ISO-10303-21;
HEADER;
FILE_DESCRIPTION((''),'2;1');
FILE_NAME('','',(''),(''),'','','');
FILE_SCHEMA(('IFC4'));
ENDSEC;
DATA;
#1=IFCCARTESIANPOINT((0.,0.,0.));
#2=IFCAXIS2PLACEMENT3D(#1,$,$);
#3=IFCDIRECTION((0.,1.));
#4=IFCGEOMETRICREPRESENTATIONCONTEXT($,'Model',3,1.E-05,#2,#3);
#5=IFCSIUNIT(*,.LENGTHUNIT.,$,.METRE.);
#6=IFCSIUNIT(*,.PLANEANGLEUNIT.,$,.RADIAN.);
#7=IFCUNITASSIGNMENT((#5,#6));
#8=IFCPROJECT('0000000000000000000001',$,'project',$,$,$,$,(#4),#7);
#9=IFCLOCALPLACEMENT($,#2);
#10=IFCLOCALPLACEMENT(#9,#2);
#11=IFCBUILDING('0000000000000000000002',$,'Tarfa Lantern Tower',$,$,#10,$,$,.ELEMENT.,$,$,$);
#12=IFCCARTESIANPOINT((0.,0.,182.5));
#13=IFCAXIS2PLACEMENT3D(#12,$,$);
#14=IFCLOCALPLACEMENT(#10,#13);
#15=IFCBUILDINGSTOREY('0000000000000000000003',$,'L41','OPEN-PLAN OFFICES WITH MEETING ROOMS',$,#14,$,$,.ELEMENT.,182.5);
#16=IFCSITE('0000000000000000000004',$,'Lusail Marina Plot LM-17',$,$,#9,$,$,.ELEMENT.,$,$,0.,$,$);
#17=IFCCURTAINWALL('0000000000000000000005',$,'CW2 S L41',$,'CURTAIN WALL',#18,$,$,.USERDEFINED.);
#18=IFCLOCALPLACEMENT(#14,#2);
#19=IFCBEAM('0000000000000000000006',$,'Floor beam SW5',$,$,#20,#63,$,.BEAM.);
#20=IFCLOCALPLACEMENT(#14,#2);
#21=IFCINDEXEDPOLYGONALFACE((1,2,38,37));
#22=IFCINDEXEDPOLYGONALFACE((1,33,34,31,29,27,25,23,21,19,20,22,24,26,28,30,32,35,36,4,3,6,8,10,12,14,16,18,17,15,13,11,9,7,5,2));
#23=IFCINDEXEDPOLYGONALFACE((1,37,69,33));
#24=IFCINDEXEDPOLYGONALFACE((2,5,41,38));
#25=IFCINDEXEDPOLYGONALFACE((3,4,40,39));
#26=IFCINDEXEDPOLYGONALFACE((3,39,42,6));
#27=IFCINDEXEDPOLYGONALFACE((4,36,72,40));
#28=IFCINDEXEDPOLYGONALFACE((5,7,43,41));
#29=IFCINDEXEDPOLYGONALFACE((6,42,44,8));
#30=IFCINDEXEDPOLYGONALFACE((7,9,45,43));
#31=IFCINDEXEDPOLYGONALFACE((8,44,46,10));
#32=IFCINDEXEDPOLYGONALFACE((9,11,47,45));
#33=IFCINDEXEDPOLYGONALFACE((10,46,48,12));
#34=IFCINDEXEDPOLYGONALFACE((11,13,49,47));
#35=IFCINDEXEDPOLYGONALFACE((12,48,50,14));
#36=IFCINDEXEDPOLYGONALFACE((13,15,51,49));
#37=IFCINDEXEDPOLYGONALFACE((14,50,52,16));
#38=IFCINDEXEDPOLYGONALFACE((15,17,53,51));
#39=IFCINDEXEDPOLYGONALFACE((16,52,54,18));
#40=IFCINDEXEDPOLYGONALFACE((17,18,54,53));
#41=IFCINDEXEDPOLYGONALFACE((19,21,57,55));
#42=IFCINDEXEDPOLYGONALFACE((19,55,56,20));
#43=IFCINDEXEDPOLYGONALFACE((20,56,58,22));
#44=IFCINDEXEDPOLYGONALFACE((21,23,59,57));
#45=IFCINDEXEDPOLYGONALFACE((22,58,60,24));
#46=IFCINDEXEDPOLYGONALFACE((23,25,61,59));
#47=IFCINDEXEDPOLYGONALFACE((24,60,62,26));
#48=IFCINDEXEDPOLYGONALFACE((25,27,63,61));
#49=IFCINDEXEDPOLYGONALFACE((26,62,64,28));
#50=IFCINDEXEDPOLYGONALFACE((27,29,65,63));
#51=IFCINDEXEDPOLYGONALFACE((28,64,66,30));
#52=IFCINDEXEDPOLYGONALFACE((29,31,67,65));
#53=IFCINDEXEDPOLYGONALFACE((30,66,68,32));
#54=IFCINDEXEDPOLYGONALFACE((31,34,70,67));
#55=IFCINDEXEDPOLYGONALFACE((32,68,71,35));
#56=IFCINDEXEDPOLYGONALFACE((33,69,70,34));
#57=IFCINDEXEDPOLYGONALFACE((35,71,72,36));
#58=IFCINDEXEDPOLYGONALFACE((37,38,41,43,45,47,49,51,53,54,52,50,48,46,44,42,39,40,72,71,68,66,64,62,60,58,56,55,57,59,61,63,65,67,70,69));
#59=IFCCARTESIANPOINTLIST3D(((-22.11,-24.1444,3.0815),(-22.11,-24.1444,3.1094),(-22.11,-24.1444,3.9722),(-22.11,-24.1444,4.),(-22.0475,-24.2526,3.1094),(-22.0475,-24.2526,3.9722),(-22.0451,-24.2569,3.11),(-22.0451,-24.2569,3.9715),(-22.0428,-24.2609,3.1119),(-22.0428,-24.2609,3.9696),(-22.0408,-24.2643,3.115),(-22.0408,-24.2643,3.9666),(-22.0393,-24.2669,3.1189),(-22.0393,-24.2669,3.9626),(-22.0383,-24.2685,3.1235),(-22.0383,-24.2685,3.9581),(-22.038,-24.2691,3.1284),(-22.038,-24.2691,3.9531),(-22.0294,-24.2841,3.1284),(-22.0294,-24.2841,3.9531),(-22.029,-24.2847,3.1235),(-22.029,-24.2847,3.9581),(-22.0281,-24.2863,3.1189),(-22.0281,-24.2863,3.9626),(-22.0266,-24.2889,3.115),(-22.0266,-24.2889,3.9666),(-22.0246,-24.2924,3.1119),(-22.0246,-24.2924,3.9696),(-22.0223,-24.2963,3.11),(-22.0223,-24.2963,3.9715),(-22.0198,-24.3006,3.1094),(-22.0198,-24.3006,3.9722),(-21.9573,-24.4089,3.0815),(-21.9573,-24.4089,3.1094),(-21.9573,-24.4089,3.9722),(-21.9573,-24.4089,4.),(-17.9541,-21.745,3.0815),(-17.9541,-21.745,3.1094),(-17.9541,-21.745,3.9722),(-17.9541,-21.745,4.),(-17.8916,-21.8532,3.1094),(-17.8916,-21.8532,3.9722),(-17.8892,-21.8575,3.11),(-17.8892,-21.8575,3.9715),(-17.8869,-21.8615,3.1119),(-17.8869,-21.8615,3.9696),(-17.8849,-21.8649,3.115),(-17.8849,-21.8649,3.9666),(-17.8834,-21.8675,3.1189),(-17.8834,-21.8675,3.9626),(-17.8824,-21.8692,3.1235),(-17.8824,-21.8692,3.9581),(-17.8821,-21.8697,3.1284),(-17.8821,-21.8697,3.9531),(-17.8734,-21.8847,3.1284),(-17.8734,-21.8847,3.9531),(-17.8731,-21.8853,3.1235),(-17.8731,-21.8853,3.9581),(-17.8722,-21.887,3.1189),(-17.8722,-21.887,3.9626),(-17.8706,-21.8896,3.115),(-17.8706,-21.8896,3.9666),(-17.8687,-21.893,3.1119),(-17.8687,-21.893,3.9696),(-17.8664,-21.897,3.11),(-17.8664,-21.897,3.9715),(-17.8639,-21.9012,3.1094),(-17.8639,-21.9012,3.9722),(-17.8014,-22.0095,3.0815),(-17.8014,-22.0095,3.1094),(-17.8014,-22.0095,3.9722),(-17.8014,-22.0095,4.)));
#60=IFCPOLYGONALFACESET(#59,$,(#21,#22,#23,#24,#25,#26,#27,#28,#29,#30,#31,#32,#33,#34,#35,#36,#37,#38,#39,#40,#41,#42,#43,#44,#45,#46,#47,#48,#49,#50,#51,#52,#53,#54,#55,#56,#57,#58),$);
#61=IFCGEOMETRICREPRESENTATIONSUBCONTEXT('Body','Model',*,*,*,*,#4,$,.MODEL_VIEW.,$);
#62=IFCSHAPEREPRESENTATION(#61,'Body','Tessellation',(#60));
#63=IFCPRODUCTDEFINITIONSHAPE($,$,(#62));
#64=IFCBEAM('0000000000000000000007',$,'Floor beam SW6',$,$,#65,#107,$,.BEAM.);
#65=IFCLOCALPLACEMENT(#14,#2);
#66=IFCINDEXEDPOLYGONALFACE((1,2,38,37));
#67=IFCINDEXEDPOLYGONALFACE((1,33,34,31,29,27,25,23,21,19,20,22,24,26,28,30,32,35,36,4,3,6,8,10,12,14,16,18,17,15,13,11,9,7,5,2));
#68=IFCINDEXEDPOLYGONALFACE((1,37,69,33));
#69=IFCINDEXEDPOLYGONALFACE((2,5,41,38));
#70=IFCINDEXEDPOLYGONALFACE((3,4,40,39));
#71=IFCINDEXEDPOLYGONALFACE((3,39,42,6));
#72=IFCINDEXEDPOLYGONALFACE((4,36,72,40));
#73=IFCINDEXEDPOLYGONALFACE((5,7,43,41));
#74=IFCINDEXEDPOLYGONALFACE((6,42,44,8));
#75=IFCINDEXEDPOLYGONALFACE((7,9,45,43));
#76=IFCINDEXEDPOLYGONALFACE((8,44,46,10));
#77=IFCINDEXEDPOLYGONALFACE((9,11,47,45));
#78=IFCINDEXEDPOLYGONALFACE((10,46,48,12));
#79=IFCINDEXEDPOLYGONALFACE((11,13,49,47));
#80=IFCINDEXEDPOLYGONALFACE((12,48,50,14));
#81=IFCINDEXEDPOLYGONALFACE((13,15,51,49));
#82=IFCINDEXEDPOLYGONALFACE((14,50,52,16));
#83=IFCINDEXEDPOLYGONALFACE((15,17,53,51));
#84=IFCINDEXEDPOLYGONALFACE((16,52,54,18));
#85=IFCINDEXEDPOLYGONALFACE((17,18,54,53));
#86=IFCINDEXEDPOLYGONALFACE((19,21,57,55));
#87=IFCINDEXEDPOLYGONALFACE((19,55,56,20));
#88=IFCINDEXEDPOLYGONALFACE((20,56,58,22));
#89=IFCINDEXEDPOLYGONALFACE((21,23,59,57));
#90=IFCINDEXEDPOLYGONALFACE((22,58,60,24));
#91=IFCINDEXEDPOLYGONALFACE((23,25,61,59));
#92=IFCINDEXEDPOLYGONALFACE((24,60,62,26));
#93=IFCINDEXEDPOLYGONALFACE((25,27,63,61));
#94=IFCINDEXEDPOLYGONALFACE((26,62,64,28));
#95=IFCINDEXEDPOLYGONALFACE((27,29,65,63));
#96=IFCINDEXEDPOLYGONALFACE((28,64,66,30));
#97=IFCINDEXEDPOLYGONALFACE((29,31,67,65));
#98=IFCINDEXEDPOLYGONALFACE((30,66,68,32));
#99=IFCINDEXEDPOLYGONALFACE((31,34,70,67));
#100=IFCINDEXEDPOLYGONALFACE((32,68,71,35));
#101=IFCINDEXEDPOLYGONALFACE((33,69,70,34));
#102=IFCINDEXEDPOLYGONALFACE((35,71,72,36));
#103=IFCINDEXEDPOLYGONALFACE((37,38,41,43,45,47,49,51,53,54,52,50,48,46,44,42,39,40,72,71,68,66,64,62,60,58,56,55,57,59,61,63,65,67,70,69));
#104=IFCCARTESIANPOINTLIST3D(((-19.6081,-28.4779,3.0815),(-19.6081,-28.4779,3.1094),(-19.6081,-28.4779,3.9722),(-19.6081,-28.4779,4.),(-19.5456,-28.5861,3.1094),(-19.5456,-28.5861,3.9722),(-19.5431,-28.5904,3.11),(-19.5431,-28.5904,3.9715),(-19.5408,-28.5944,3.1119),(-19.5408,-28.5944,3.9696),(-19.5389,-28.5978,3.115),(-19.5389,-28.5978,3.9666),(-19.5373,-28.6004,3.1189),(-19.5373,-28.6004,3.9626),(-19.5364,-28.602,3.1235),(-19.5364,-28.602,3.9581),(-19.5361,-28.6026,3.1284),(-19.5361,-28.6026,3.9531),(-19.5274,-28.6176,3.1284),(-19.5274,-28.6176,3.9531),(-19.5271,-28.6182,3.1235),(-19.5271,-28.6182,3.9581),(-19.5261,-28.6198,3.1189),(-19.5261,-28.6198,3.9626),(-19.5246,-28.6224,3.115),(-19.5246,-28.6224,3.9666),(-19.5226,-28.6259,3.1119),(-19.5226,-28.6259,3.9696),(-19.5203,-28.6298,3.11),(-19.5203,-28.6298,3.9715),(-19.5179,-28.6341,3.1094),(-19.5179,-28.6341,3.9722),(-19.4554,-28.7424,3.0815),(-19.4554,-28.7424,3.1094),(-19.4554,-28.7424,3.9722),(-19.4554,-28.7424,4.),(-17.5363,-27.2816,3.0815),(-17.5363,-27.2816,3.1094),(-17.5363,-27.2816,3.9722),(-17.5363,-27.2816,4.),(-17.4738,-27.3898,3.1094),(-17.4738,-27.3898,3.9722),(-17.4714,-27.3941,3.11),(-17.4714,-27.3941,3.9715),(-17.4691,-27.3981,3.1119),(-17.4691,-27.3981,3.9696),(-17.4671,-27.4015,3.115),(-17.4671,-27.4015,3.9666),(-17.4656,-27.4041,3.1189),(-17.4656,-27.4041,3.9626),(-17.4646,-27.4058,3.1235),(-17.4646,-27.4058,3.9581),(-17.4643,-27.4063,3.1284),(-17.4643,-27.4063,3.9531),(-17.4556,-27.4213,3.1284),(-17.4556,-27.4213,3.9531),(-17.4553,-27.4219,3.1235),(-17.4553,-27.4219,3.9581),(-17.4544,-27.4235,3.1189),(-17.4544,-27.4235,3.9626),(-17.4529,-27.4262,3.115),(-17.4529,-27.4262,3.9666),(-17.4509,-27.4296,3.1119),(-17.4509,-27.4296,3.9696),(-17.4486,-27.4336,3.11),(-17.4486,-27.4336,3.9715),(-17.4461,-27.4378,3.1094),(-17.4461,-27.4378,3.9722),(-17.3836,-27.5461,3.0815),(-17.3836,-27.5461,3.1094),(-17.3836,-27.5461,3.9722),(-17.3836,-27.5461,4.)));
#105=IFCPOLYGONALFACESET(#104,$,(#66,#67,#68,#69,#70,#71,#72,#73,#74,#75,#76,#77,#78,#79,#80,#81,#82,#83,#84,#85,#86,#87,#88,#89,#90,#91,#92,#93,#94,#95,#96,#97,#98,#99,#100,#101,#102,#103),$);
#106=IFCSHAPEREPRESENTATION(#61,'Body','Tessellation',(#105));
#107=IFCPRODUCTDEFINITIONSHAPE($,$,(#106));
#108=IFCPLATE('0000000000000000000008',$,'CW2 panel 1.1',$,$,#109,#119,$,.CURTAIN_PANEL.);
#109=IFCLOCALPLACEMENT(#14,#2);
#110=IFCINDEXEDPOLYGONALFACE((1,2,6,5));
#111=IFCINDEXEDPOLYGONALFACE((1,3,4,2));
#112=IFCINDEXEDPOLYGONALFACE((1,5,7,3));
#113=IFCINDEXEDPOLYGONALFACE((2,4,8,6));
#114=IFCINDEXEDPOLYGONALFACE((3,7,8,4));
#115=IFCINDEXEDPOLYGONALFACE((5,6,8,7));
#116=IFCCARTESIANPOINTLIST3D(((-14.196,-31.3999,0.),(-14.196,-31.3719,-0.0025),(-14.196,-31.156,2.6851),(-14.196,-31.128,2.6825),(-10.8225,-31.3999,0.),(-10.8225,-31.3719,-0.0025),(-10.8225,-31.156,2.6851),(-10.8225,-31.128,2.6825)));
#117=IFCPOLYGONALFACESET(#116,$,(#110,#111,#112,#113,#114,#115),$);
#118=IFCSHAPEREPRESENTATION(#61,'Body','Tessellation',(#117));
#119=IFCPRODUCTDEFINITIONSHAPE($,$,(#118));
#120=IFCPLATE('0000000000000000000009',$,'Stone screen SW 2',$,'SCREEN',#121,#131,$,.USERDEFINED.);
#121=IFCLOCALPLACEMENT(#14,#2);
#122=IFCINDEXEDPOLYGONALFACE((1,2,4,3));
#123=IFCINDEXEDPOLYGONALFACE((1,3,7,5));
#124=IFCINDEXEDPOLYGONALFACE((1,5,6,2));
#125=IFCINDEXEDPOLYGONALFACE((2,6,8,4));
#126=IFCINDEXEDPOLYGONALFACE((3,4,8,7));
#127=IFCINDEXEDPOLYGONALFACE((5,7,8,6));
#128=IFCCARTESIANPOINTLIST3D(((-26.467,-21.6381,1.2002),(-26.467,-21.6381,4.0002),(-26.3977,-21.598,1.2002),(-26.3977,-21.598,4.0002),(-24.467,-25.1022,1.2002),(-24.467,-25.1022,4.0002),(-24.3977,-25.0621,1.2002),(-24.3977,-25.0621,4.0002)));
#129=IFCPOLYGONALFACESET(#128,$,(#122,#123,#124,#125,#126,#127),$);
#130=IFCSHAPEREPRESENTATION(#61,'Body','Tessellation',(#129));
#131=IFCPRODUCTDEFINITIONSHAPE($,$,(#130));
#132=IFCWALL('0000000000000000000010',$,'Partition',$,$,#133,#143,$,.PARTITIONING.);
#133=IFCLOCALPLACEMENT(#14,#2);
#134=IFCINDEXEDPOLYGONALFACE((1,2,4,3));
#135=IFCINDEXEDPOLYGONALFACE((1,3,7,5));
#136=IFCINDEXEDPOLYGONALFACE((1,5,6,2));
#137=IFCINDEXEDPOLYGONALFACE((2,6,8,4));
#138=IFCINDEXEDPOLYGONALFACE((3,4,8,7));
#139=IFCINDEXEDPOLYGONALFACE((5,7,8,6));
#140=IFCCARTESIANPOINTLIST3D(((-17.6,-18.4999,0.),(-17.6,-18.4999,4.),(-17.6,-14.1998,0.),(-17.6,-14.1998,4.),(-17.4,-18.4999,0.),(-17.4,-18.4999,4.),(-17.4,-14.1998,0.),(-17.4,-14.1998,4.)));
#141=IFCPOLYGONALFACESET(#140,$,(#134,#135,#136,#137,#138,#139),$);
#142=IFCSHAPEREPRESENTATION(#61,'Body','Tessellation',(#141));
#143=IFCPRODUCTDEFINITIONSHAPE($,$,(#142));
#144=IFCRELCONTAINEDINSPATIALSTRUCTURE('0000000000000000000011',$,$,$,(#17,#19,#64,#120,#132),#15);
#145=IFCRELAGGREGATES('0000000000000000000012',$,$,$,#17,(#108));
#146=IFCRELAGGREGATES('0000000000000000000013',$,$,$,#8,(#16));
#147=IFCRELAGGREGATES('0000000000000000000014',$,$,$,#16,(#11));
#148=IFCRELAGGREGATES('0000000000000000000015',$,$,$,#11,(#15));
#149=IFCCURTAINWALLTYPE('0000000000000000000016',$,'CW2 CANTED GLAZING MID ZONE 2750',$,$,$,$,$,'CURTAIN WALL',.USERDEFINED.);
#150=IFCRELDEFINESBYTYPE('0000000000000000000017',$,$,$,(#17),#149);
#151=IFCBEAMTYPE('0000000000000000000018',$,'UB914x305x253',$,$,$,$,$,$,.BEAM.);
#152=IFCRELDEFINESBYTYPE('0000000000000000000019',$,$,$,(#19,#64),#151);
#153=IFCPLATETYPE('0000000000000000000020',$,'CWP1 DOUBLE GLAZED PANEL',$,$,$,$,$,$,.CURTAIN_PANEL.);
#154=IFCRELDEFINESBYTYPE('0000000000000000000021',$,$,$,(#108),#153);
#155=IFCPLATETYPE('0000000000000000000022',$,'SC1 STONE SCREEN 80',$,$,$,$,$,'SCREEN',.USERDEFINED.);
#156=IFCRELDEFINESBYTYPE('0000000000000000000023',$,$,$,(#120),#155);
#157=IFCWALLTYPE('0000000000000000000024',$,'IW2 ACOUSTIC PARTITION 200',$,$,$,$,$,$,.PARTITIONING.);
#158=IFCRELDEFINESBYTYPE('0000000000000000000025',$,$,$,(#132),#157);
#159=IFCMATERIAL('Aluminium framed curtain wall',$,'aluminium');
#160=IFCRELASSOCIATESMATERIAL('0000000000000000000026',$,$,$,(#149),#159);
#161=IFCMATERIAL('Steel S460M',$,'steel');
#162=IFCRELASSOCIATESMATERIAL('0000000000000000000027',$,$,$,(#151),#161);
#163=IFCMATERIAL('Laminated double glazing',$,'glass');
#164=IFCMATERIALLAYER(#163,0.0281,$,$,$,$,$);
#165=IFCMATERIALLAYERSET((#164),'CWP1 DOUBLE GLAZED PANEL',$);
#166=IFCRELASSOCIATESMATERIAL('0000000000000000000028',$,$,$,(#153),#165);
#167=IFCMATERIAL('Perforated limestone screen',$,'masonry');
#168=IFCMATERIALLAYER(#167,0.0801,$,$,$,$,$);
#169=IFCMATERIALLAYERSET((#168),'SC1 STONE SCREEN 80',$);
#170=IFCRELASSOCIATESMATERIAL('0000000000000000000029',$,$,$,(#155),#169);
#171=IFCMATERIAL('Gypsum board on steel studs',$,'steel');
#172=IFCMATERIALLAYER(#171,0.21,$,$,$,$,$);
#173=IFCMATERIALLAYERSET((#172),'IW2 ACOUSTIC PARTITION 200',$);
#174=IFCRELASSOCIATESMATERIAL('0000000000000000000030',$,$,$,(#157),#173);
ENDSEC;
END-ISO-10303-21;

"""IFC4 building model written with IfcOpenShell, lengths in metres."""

from ifc_helpers import new_model, si_unit, direction, frame, frame_2d, origin, origin_2d, place, context, subcontext, project, spatial, polyline, rectangle, i_section, outline, extrude, material, layer, layer_set, material_profile, profile_set, type_object, element, aggregate, save


model = new_model("IFC4")

# Units and contexts
model_context = context("Model", 3, precision=1e-05, world=origin(), true_north=direction((0.0, 1.0)))
body_context = subcontext(model_context, "Body", "Model", "MODEL_VIEW")
ifc_project = project(units=[si_unit("LENGTHUNIT", "METRE"), si_unit("PLANEANGLEUNIT", "RADIAN")], contexts=[model_context])

# Site, building, storey
site_placement = place(None, origin())
site = spatial("IfcSite", under=ifc_project, at=site_placement, Name="Lusail Marina Plot LM-17", CompositionType="ELEMENT", RefElevation=0.0)
building_placement = place(site_placement, origin())
building = spatial("IfcBuilding", under=site, at=building_placement, Name="Tarfa Lantern Tower", CompositionType="ELEMENT")
storey_placement = place(building_placement, frame((0.0, 0.0, 182.5)))
storey = spatial("IfcBuildingStorey", under=building, at=storey_placement, Name="L41", Description="OPEN-PLAN OFFICES WITH MEETING ROOMS", CompositionType="ELEMENT", Elevation=182.5)

# Curtain wall
ifc_material_1 = material(Name="Aluminium framed curtain wall", Category="aluminium")
curtain_wall_type = type_object("IfcCurtainWallType", Name="CW2 CANTED GLAZING MID ZONE 2750", ElementType="CURTAIN WALL", PredefinedType="USERDEFINED", material=ifc_material_1)
curtain_wall_placement = place(storey_placement, origin())
curtain_wall = element("IfcCurtainWall", 1, at=curtain_wall_placement, inside=storey, type_object=curtain_wall_type, Name="CW2 S L41", ObjectType="CURTAIN WALL", PredefinedType="USERDEFINED")

# Beams
ifc_material_2 = material(Name="Steel S460M", Category="steel")
ifc_material_profile_1 = material_profile(ifc_material_2, i_section(OverallWidth=0.3054, OverallDepth=0.9185, WebThickness=0.0173, FlangeThickness=0.0278, FilletRadius=0.019, at=origin_2d()), Name="UB914x305x253")
ifc_profile_set_1 = profile_set([ifc_material_profile_1], Name="Steel S460M")
beam_type_1 = type_object("IfcBeamType", Name="UB914x305x253", PredefinedType="BEAM", material=ifc_profile_set_1)
beam_1_placement = place(storey_placement, frame((-22.0337, -24.2766, 3.5408), z_axis=(0.866031, 0.499991, 0.0), x_axis=(-0.499991, 0.866031, 0.0)))
element("IfcBeam", 2, at=beam_1_placement, inside=storey, type_object=beam_type_1, Name="Floor beam SW5", PredefinedType="BEAM", context=body_context, shape_type="SweptSolid", body=[
    extrude(i_section(OverallWidth=0.3054, OverallDepth=0.9185, WebThickness=0.0173, FlangeThickness=0.0278, FilletRadius=0.019, at=origin_2d()), origin(), (0.0, 0.0, 1.0), 4.7988),
])
beam_2_placement = place(storey_placement, frame((-19.5317, -28.6101, 3.5408), z_axis=(0.865999, 0.500046, 0.0), x_axis=(-0.500046, 0.865999, 0.0)))
element("IfcBeam", 3, at=beam_2_placement, inside=storey, type_object=beam_type_1, Name="Floor beam SW6", PredefinedType="BEAM", context=body_context, shape_type="SweptSolid", body=[
    extrude(i_section(OverallWidth=0.3054, OverallDepth=0.9185, WebThickness=0.0173, FlangeThickness=0.0278, FilletRadius=0.019, at=origin_2d()), origin(), (0.0, 0.0, 1.0), 2.3923),
])

# Plates
ifc_material_3 = material(Name="Laminated double glazing", Category="glass")
ifc_layer_1 = layer(ifc_material_3, 0.0281)
ifc_layer_set_1 = layer_set([ifc_layer_1], Name="CWP1 DOUBLE GLAZED PANEL")
plate_type_1 = type_object("IfcPlateType", Name="CWP1 DOUBLE GLAZED PANEL", PredefinedType="CURTAIN_PANEL", material=ifc_layer_set_1)
plate_1_placement = place(storey_placement, frame((-14.196, -31.3999, 0.0), z_axis=(0.0, -0.9959, 0.090462), x_axis=(1.0, 0.0, 0.0)))
plate_1 = element("IfcPlate", 4, at=plate_1_placement, type_object=plate_type_1, Name="CW2 panel 1.1", PredefinedType="CURTAIN_PANEL", context=body_context, shape_type="SweptSolid", body=[
    extrude(outline(polyline([(0.0, 0.0), (3.3735, 0.0), (3.3735, 2.6961), (0.0, 2.6961), (0.0, 0.0)])), origin(), (0.0, 0.0, -1.0), 0.0281),
])
aggregate(curtain_wall, [plate_1])
ifc_material_4 = material(Name="Perforated limestone screen", Category="masonry")
ifc_layer_2 = layer(ifc_material_4, 0.0801)
ifc_layer_set_2 = layer_set([ifc_layer_2], Name="SC1 STONE SCREEN 80")
plate_type_2 = type_object("IfcPlateType", Name="SC1 STONE SCREEN 80", ElementType="SCREEN", PredefinedType="USERDEFINED", material=ifc_layer_set_2)
plate_2_placement = place(storey_placement, frame((-25.4324, -23.3501, 1.2002), z_axis=(0.0, 0.0, 1.0), x_axis=(0.5, -0.866025, 0.0)))
element("IfcPlate", 5, at=plate_2_placement, inside=storey, type_object=plate_type_2, Name="Stone screen SW 2", ObjectType="SCREEN", PredefinedType="USERDEFINED", context=body_context, shape_type="SweptSolid", body=[
    extrude(rectangle(XDim=4.0, YDim=0.0801, at=origin_2d()), origin(), (0.0, 0.0, 1.0), 2.8),
])

# Wall
ifc_material_5 = material(Name="Gypsum board on steel studs", Category="steel")
ifc_layer_3 = layer(ifc_material_5, 0.21)
ifc_layer_set_3 = layer_set([ifc_layer_3], Name="IW2 ACOUSTIC PARTITION 200")
wall_type = type_object("IfcWallType", Name="IW2 ACOUSTIC PARTITION 200", PredefinedType="PARTITIONING", material=ifc_layer_set_3)
wall_placement = place(storey_placement, frame((-17.5, -14.2, 0.0), z_axis=(0.0, 0.0, 1.0), x_axis=(0.0, -1.0, 0.0)))
element("IfcWall", 6, at=wall_placement, inside=storey, type_object=wall_type, Name="Partition", PredefinedType="PARTITIONING", context=body_context, shape_type="SweptSolid", body=[
    extrude(rectangle(XDim=4.3, YDim=0.2, at=frame_2d((2.1499, 0.0))), origin(), (0.0, 0.0, 1.0), 4.0),
])

save(model, "model.ifc")
